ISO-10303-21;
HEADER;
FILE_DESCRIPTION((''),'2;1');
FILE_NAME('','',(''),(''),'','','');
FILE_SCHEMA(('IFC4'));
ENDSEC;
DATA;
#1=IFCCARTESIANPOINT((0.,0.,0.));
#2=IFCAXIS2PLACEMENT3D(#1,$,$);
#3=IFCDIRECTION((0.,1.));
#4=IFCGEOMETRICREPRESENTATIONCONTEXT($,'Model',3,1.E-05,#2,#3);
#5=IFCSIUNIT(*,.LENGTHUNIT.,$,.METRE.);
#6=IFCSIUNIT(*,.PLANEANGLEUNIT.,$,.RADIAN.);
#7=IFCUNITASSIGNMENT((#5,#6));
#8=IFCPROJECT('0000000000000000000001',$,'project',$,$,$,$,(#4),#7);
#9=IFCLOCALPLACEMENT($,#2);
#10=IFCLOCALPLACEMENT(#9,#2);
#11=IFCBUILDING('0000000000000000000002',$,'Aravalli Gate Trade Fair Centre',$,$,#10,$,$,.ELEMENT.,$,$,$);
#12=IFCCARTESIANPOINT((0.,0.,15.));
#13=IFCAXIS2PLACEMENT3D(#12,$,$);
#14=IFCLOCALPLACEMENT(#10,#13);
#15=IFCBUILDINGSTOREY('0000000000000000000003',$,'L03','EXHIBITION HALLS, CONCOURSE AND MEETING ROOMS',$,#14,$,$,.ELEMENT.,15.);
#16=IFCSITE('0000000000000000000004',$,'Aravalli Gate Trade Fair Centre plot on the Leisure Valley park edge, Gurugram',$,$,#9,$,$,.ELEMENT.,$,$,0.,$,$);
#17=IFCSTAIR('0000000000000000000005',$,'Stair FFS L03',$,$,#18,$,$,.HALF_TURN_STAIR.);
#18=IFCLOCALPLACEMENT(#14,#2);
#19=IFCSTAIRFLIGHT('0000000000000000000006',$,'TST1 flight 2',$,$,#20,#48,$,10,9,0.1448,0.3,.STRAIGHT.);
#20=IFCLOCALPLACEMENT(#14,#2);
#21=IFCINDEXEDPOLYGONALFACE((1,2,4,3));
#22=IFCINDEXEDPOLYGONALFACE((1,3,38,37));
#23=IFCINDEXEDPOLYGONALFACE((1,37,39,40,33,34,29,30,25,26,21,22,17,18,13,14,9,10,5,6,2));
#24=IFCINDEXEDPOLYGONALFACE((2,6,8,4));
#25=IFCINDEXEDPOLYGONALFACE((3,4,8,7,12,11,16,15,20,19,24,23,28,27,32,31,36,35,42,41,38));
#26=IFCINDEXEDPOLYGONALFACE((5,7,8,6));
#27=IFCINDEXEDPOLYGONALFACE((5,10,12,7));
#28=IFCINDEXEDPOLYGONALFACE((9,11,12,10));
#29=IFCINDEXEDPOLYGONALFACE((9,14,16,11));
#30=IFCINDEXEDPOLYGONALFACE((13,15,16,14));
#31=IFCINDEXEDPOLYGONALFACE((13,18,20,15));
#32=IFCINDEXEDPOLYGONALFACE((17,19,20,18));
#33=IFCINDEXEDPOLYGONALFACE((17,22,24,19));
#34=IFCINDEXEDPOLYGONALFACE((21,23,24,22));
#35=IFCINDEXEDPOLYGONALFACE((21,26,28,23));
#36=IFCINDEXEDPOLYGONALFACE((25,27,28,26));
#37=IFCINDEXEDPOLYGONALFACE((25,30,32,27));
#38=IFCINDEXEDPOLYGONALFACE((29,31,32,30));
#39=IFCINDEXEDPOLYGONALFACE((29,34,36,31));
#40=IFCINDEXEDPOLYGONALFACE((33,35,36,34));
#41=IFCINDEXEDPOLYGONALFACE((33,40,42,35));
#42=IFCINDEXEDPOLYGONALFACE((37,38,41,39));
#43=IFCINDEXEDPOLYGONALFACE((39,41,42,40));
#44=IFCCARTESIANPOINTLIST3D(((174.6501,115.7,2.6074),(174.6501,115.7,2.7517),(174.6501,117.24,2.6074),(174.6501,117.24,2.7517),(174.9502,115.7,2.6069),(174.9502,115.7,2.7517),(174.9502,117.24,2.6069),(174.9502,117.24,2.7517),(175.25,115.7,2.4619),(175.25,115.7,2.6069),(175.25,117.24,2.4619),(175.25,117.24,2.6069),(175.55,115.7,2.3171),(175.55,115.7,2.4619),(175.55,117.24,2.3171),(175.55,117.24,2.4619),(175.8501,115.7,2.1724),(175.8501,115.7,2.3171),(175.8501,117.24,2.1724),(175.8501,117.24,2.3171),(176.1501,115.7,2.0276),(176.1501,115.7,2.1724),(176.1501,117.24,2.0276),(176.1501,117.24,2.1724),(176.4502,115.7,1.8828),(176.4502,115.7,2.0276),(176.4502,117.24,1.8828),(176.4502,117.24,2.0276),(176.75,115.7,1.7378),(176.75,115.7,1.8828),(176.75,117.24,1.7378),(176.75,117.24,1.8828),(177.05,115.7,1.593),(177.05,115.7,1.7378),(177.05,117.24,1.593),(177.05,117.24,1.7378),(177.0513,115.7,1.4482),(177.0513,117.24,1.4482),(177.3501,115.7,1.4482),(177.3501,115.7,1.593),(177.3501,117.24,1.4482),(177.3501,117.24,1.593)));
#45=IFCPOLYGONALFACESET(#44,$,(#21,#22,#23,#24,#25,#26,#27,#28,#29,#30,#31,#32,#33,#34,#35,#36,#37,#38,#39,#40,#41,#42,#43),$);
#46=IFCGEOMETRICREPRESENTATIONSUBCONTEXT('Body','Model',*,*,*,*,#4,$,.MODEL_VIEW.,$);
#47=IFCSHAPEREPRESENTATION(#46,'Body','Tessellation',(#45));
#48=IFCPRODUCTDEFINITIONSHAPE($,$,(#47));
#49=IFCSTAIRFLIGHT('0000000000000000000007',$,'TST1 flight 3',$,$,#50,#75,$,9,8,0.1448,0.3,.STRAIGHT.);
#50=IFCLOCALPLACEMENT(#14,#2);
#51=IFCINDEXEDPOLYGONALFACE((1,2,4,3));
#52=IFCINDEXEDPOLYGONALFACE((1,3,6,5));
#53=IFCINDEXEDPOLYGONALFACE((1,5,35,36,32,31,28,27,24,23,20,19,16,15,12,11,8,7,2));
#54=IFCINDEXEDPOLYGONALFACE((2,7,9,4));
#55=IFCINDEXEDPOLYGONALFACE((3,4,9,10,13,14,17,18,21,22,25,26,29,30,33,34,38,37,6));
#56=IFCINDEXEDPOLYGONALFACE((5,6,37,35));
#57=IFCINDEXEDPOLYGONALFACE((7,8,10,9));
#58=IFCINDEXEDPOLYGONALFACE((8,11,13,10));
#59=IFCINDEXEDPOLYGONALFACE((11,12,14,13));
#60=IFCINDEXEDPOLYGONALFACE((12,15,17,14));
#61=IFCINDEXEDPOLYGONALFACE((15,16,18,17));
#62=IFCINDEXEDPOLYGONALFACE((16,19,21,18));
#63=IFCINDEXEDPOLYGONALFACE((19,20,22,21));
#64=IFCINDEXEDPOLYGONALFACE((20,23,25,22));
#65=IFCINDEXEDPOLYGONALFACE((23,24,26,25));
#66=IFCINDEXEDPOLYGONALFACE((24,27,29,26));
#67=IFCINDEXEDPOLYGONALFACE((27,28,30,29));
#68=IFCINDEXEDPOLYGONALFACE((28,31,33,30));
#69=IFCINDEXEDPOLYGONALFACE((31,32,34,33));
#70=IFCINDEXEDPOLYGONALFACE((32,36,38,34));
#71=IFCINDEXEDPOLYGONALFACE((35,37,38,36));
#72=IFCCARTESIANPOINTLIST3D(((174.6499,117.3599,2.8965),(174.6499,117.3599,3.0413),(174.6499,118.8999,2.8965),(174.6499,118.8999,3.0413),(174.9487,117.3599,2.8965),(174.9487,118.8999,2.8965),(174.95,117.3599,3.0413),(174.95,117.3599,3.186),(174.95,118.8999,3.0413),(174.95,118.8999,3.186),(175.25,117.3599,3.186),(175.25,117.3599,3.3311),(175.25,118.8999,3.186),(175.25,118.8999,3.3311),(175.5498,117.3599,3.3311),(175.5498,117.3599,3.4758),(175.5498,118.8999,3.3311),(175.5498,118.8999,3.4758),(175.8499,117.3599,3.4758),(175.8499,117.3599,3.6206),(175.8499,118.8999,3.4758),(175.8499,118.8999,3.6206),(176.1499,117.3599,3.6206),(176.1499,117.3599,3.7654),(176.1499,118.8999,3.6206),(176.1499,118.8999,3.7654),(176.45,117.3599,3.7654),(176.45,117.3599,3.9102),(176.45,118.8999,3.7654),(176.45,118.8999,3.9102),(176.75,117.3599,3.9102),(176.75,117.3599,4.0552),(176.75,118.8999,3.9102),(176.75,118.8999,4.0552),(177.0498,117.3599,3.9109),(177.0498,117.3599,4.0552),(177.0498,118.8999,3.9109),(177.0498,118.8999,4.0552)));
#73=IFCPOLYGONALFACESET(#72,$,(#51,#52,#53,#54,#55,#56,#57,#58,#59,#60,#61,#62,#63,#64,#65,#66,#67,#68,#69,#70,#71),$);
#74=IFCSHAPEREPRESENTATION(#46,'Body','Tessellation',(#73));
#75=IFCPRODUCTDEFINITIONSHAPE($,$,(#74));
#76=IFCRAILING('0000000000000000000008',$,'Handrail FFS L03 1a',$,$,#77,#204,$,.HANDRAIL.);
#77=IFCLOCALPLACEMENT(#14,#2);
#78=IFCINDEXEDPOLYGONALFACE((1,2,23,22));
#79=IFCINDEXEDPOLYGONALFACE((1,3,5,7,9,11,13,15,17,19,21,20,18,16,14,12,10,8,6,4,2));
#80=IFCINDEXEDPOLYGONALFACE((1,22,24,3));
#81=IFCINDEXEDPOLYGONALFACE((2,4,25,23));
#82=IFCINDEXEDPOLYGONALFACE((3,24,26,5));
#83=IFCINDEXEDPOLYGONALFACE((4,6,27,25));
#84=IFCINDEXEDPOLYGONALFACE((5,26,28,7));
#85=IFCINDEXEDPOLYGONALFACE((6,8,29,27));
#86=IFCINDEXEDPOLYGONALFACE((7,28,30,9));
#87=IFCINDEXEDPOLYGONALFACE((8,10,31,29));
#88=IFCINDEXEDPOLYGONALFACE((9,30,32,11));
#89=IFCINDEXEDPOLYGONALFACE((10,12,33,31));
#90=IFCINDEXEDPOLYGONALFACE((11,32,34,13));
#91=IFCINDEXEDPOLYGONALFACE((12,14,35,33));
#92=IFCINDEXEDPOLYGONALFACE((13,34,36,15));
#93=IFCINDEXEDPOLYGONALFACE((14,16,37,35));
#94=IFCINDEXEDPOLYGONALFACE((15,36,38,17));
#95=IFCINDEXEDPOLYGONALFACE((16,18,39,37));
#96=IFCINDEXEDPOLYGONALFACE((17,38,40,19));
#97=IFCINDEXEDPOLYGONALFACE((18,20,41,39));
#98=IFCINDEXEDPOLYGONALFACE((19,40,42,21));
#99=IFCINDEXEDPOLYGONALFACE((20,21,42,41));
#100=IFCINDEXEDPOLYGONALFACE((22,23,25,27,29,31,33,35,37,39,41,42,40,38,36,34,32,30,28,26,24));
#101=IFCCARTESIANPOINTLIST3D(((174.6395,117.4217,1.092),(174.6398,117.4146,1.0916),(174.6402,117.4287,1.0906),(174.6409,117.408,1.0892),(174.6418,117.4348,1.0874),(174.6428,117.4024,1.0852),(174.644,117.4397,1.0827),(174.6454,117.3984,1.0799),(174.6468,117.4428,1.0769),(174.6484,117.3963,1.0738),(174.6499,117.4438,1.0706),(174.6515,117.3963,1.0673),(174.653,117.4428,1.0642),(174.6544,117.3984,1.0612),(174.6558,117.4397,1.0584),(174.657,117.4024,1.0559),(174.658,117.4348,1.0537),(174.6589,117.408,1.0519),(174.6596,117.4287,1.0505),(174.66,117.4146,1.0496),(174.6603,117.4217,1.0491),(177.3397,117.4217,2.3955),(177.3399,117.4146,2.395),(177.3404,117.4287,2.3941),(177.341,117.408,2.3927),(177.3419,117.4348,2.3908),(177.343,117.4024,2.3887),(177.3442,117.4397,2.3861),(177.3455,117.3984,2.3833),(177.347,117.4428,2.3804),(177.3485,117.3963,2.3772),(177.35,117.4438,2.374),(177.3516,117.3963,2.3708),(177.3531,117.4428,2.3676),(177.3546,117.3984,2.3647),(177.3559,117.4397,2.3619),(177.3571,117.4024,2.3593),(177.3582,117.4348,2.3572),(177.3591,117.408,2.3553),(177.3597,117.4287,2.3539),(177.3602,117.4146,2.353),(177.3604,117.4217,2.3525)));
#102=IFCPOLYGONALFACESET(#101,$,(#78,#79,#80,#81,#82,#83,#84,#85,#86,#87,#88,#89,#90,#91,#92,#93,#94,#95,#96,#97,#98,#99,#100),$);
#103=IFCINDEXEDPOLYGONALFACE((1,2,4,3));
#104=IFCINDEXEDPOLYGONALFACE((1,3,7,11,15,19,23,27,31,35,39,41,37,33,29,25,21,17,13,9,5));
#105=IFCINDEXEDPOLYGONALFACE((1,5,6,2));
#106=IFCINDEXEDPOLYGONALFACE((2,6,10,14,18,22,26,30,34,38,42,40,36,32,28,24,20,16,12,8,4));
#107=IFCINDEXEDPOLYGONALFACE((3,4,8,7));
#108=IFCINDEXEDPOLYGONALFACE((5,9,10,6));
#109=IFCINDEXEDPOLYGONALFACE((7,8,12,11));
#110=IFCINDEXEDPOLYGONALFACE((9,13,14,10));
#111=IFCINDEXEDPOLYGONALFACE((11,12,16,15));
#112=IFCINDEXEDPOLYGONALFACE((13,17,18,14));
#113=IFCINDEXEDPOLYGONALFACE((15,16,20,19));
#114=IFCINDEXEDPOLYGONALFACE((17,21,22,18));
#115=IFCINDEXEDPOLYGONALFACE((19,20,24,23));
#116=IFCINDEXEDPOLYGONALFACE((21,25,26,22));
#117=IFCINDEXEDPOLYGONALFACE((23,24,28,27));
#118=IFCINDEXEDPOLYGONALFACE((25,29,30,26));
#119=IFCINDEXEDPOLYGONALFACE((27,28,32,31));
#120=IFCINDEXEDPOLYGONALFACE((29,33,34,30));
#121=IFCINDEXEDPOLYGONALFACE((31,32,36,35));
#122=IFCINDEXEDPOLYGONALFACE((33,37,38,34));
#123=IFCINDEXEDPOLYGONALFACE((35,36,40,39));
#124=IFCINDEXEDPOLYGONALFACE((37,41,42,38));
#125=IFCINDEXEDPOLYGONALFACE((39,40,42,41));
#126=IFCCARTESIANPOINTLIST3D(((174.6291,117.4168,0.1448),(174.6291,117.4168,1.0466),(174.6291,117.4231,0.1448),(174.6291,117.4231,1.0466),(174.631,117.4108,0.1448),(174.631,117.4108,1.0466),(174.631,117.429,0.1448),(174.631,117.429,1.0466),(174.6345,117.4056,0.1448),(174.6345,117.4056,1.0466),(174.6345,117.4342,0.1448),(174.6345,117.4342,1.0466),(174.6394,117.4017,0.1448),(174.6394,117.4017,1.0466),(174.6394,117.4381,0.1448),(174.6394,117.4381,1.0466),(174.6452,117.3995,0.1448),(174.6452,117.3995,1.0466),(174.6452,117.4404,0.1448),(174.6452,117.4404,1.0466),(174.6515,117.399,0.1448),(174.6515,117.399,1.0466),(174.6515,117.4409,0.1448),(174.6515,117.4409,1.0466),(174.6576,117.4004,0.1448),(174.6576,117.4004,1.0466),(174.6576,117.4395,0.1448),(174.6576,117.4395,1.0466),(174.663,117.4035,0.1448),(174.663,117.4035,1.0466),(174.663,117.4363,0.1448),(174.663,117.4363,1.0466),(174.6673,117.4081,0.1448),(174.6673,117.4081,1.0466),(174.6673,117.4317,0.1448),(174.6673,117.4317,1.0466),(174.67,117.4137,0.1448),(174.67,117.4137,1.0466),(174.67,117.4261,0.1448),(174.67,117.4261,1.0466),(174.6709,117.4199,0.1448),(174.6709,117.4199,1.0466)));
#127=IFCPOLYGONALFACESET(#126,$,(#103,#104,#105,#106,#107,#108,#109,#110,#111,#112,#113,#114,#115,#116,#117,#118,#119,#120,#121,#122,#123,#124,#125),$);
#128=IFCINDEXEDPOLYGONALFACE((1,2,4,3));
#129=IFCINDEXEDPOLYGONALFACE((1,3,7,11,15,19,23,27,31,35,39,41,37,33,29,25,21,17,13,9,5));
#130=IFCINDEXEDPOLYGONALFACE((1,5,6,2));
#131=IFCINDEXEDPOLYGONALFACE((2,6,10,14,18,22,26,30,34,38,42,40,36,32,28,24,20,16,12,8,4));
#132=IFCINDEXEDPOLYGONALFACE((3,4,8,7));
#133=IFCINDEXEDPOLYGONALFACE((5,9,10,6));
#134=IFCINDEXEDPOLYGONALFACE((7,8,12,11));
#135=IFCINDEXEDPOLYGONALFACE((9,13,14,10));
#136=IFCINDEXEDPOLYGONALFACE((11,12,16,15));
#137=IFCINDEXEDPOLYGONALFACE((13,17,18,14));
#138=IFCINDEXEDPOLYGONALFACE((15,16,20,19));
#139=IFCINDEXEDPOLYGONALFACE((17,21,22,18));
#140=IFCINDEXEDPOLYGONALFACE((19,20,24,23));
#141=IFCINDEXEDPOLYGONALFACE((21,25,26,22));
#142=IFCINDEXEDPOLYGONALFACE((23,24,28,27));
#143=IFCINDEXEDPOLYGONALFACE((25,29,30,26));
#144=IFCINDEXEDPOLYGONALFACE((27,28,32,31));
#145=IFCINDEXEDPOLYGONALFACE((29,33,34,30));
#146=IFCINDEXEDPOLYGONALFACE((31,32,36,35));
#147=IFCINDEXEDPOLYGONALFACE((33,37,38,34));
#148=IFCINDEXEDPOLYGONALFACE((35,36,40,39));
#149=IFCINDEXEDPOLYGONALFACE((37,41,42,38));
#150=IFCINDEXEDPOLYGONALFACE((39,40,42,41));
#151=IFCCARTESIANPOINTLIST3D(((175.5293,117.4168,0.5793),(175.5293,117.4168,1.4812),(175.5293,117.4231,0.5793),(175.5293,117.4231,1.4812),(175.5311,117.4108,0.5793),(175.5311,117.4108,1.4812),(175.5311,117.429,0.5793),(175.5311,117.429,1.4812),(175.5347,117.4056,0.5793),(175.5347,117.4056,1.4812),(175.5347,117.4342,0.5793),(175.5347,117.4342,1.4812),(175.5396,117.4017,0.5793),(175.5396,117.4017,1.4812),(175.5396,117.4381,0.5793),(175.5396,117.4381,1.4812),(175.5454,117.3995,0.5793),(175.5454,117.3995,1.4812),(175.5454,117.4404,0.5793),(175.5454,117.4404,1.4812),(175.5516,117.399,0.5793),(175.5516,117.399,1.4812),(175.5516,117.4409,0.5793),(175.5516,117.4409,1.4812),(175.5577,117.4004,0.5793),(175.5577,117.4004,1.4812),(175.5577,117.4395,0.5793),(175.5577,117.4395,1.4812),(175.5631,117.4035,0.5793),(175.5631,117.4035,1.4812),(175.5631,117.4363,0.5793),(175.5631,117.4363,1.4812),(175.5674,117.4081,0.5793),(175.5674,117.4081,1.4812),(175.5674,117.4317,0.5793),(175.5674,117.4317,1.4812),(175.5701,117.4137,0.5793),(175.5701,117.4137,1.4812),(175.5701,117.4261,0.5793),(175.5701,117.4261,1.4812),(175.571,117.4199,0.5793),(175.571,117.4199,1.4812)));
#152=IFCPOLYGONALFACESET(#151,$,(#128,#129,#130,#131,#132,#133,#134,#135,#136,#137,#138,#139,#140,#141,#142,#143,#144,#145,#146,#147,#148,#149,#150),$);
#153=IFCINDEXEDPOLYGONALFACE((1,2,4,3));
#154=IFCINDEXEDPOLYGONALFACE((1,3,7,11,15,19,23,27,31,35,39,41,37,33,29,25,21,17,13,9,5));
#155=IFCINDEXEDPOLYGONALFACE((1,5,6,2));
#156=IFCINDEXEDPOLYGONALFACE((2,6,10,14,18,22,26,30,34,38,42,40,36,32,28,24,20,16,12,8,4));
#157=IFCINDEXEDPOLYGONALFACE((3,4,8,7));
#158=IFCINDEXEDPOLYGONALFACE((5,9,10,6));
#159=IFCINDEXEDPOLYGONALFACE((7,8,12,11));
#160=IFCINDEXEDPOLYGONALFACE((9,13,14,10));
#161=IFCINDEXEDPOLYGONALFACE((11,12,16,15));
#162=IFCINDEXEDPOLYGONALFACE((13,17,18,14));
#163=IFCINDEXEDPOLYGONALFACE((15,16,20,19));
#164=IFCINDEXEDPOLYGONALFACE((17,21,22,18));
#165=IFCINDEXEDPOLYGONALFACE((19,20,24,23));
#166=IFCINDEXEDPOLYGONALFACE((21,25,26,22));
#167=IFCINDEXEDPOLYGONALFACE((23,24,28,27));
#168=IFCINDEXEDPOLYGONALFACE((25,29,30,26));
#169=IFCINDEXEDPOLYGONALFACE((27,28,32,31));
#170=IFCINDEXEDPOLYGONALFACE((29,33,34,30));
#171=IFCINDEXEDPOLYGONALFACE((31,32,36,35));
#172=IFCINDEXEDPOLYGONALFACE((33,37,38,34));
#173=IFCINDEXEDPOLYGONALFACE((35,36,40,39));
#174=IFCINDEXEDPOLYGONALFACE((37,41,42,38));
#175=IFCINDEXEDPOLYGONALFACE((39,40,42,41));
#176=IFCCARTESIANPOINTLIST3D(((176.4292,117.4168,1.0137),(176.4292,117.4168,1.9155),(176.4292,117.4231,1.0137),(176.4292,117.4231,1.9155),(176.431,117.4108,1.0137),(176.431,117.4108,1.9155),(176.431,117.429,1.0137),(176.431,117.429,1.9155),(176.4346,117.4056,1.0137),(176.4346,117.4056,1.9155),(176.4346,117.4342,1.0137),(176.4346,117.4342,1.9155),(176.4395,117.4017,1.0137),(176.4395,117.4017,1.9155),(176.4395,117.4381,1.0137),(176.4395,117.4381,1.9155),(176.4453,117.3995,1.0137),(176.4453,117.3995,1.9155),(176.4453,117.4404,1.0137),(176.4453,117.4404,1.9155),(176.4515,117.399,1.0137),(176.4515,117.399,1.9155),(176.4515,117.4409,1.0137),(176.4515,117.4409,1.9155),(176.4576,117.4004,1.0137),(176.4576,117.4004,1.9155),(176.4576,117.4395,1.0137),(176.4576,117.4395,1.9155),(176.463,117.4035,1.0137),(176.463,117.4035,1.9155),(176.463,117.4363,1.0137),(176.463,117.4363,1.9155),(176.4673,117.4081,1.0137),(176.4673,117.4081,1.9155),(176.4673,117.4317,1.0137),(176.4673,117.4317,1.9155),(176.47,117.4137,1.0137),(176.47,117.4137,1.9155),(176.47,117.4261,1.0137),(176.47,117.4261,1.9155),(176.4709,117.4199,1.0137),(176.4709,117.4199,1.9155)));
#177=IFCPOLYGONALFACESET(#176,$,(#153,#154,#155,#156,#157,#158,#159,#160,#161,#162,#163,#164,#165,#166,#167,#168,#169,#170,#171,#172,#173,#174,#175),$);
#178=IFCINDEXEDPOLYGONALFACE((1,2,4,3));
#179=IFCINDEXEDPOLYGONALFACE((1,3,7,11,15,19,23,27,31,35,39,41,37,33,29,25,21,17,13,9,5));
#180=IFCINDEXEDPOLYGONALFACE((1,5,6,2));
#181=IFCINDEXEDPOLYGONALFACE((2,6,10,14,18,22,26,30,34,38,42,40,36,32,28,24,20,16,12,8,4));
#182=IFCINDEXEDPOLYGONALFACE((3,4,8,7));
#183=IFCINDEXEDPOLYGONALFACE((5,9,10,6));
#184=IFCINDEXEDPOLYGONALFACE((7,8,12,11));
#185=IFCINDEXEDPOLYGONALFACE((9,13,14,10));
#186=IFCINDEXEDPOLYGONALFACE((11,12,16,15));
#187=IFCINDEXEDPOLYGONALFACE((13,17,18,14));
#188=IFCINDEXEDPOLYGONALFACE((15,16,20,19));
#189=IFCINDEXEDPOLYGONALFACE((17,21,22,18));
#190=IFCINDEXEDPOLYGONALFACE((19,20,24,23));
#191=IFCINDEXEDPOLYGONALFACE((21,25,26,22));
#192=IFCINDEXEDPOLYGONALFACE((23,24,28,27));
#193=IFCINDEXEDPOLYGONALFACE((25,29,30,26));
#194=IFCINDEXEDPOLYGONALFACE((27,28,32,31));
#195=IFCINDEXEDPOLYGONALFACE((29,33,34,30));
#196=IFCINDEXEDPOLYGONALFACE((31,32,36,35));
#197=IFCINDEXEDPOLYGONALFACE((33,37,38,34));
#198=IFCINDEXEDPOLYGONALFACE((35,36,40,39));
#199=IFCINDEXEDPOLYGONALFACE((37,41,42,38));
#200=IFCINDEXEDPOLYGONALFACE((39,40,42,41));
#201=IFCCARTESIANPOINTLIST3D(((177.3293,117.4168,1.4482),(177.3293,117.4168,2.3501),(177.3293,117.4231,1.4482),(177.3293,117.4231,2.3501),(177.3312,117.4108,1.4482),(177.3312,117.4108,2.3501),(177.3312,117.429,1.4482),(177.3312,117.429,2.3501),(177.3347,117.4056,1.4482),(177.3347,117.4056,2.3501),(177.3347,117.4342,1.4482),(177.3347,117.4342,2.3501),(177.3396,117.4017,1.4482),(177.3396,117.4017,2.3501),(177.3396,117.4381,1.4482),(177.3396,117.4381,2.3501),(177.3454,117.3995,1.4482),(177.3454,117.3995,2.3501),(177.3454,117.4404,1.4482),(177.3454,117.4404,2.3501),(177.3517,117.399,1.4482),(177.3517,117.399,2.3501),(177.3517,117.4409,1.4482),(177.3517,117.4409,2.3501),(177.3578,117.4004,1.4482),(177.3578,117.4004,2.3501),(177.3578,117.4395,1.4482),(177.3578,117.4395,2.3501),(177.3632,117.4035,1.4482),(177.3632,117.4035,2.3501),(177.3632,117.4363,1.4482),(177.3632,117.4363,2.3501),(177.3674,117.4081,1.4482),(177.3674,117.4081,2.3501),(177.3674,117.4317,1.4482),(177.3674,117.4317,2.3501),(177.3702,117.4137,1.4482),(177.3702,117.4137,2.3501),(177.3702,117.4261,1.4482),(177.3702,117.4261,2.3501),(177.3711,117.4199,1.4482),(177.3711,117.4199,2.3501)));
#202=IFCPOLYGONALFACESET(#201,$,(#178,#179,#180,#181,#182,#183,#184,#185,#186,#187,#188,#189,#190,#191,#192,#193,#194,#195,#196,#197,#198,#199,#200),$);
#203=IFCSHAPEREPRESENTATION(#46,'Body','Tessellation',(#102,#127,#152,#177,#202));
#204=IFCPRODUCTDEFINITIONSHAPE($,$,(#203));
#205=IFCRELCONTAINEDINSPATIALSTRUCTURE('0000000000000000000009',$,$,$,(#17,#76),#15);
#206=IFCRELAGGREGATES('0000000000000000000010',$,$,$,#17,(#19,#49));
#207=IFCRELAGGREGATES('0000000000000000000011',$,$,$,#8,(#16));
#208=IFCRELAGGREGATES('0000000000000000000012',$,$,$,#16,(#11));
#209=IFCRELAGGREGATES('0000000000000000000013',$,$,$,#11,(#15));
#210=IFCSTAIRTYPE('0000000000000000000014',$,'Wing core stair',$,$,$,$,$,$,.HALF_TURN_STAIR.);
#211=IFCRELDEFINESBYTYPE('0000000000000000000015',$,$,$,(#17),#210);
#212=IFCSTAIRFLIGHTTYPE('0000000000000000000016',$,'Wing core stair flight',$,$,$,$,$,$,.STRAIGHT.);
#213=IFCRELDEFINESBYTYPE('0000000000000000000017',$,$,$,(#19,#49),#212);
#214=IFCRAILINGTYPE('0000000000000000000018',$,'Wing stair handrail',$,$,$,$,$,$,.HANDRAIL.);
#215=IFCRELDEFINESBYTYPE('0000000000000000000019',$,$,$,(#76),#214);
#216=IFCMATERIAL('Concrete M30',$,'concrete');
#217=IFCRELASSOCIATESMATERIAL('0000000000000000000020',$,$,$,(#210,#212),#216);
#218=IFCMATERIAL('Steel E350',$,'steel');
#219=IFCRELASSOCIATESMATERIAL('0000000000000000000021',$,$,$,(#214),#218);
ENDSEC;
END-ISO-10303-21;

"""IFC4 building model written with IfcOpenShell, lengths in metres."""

from ifc_helpers import new_model, si_unit, direction, frame, origin, origin_2d, place, context, subcontext, project, spatial, polyline, circle, outline, extrude, material, type_object, element, aggregate, save


model = new_model("IFC4")

# Units and contexts
model_context = context("Model", 3, precision=1e-05, world=origin(), true_north=direction((0.0, 1.0)))
body_context = subcontext(model_context, "Body", "Model", "MODEL_VIEW")
ifc_project = project(units=[si_unit("LENGTHUNIT", "METRE"), si_unit("PLANEANGLEUNIT", "RADIAN")], contexts=[model_context])

# Site, building, storey
site_placement = place(None, origin())
site = spatial("IfcSite", under=ifc_project, at=site_placement, Name="Aravalli Gate Trade Fair Centre plot on the Leisure Valley park edge, Gurugram", CompositionType="ELEMENT", RefElevation=0.0)
building_placement = place(site_placement, origin())
building = spatial("IfcBuilding", under=site, at=building_placement, Name="Aravalli Gate Trade Fair Centre", CompositionType="ELEMENT")
storey_placement = place(building_placement, frame((0.0, 0.0, 15.0)))
storey = spatial("IfcBuildingStorey", under=building, at=storey_placement, Name="L03", Description="EXHIBITION HALLS, CONCOURSE AND MEETING ROOMS", CompositionType="ELEMENT", Elevation=15.0)

# Shared definitions
ifc_material_1 = material(Name="Steel E350", Category="steel")

# Shared definitions
ifc_material_2 = material(Name="Concrete M30", Category="concrete")

# Stair, stair flights
stair_type = type_object("IfcStairType", Name="Wing core stair", PredefinedType="HALF_TURN_STAIR", material=ifc_material_2)
stair_placement = place(storey_placement, origin())
stair = element("IfcStair", 1, at=stair_placement, inside=storey, type_object=stair_type, Name="Stair FFS L03", PredefinedType="HALF_TURN_STAIR")
stair_flight_type = type_object("IfcStairFlightType", Name="Wing core stair flight", PredefinedType="STRAIGHT", material=ifc_material_2)
stair_flight_1_placement = place(storey_placement, frame((177.3501, 116.47, 1.4482), z_axis=(0.0, 0.0, 1.0), x_axis=(-1.0, 0.0, 0.0)))
stair_flight_1 = element("IfcStairFlight", 2, at=stair_flight_1_placement, type_object=stair_flight_type, Name="TST1 flight 2", NumberOfRisers=10, NumberOfTreads=9, PredefinedType="STRAIGHT", RiserHeight=0.1448, TreadLength=0.3, context=body_context, shape_type="SweptSolid", body=[
    extrude(outline(polyline([(0.0, 0.0), (0.0, 0.1448), (0.3, 0.1448), (0.3, 0.2896), (0.6001, 0.2896), (0.6001, 0.4346), (0.8999, 0.4346), (0.8999, 0.5793), (1.2, 0.5793), (1.2, 0.7241), (1.5, 0.7241), (1.5, 0.8689), (1.8, 0.8689), (1.8, 1.0137), (2.1001, 1.0137), (2.1001, 1.1587), (2.3999, 1.1587), (2.3999, 1.3035), (2.7, 1.3035), (2.7, 1.4482), (2.7, 1.1592), (0.2988, 0.0), (0.0, 0.0)])), frame((0.0, 0.77, 0.0), z_axis=(0.0, -1.0, 0.0), x_axis=(1.0, 0.0, 0.0)), (0.0, 0.0, 1.0), 1.54),
])
stair_flight_2_placement = place(storey_placement, frame((174.6499, 118.1299, 2.8965), z_axis=(0.0, 0.0, 1.0), x_axis=(1.0, 0.0, 0.0)))
stair_flight_2 = element("IfcStairFlight", 3, at=stair_flight_2_placement, type_object=stair_flight_type, Name="TST1 flight 3", NumberOfRisers=9, NumberOfTreads=8, PredefinedType="STRAIGHT", RiserHeight=0.1448, TreadLength=0.3, context=body_context, shape_type="SweptSolid", body=[
    extrude(outline(polyline([(0.0, 0.0), (0.0, 0.1448), (0.3, 0.1448), (0.3, 0.2896), (0.6001, 0.2896), (0.6001, 0.4346), (0.8999, 0.4346), (0.8999, 0.5793), (1.2, 0.5793), (1.2, 0.7241), (1.5, 0.7241), (1.5, 0.8689), (1.8, 0.8689), (1.8, 1.0137), (2.1001, 1.0137), (2.1001, 1.1587), (2.3999, 1.1587), (2.3999, 1.3035), (2.3999, 1.0144), (0.2988, 0.0), (0.0, 0.0)])), frame((0.0, 0.77, 0.0), z_axis=(0.0, -1.0, 0.0), x_axis=(1.0, 0.0, 0.0)), (0.0, 0.0, 1.0), 1.54),
])
aggregate(stair, [stair_flight_1, stair_flight_2])

# Railing
railing_type_1 = type_object("IfcRailingType", Name="Wing stair handrail", PredefinedType="HANDRAIL", material=ifc_material_1)
for number, where, name in (
    (4, (174.6499, 117.4199, 0.1448), "Handrail FFS L03 1a"),
):
    element("IfcRailing", number, at=place(storey_placement, frame(where)), inside=storey, type_object=railing_type_1, Name=name, PredefinedType="HANDRAIL", context=body_context, shape_type="SweptSolid", body=[
        extrude(circle(Radius=0.0239, at=origin_2d()), frame((0.0, 0.0, 0.9258), z_axis=(0.900562, 0.0, 0.434729), x_axis=(0.0, 1.0, 0.0)), (0.0, 0.0, 1.0), 2.9983),
        extrude(circle(Radius=0.021, at=origin_2d()), origin(), (0.0, 0.0, 1.0), 0.9019),
        extrude(circle(Radius=0.021, at=origin_2d()), frame((0.9001, 0.0, 0.4346)), (0.0, 0.0, 1.0), 0.9019),
        extrude(circle(Radius=0.021, at=origin_2d()), frame((1.8, 0.0, 0.8689)), (0.0, 0.0, 1.0), 0.9019),
        extrude(circle(Radius=0.021, at=origin_2d()), frame((2.7002, 0.0, 1.3035)), (0.0, 0.0, 1.0), 0.9019),
    ])

save(model, "model.ifc")
